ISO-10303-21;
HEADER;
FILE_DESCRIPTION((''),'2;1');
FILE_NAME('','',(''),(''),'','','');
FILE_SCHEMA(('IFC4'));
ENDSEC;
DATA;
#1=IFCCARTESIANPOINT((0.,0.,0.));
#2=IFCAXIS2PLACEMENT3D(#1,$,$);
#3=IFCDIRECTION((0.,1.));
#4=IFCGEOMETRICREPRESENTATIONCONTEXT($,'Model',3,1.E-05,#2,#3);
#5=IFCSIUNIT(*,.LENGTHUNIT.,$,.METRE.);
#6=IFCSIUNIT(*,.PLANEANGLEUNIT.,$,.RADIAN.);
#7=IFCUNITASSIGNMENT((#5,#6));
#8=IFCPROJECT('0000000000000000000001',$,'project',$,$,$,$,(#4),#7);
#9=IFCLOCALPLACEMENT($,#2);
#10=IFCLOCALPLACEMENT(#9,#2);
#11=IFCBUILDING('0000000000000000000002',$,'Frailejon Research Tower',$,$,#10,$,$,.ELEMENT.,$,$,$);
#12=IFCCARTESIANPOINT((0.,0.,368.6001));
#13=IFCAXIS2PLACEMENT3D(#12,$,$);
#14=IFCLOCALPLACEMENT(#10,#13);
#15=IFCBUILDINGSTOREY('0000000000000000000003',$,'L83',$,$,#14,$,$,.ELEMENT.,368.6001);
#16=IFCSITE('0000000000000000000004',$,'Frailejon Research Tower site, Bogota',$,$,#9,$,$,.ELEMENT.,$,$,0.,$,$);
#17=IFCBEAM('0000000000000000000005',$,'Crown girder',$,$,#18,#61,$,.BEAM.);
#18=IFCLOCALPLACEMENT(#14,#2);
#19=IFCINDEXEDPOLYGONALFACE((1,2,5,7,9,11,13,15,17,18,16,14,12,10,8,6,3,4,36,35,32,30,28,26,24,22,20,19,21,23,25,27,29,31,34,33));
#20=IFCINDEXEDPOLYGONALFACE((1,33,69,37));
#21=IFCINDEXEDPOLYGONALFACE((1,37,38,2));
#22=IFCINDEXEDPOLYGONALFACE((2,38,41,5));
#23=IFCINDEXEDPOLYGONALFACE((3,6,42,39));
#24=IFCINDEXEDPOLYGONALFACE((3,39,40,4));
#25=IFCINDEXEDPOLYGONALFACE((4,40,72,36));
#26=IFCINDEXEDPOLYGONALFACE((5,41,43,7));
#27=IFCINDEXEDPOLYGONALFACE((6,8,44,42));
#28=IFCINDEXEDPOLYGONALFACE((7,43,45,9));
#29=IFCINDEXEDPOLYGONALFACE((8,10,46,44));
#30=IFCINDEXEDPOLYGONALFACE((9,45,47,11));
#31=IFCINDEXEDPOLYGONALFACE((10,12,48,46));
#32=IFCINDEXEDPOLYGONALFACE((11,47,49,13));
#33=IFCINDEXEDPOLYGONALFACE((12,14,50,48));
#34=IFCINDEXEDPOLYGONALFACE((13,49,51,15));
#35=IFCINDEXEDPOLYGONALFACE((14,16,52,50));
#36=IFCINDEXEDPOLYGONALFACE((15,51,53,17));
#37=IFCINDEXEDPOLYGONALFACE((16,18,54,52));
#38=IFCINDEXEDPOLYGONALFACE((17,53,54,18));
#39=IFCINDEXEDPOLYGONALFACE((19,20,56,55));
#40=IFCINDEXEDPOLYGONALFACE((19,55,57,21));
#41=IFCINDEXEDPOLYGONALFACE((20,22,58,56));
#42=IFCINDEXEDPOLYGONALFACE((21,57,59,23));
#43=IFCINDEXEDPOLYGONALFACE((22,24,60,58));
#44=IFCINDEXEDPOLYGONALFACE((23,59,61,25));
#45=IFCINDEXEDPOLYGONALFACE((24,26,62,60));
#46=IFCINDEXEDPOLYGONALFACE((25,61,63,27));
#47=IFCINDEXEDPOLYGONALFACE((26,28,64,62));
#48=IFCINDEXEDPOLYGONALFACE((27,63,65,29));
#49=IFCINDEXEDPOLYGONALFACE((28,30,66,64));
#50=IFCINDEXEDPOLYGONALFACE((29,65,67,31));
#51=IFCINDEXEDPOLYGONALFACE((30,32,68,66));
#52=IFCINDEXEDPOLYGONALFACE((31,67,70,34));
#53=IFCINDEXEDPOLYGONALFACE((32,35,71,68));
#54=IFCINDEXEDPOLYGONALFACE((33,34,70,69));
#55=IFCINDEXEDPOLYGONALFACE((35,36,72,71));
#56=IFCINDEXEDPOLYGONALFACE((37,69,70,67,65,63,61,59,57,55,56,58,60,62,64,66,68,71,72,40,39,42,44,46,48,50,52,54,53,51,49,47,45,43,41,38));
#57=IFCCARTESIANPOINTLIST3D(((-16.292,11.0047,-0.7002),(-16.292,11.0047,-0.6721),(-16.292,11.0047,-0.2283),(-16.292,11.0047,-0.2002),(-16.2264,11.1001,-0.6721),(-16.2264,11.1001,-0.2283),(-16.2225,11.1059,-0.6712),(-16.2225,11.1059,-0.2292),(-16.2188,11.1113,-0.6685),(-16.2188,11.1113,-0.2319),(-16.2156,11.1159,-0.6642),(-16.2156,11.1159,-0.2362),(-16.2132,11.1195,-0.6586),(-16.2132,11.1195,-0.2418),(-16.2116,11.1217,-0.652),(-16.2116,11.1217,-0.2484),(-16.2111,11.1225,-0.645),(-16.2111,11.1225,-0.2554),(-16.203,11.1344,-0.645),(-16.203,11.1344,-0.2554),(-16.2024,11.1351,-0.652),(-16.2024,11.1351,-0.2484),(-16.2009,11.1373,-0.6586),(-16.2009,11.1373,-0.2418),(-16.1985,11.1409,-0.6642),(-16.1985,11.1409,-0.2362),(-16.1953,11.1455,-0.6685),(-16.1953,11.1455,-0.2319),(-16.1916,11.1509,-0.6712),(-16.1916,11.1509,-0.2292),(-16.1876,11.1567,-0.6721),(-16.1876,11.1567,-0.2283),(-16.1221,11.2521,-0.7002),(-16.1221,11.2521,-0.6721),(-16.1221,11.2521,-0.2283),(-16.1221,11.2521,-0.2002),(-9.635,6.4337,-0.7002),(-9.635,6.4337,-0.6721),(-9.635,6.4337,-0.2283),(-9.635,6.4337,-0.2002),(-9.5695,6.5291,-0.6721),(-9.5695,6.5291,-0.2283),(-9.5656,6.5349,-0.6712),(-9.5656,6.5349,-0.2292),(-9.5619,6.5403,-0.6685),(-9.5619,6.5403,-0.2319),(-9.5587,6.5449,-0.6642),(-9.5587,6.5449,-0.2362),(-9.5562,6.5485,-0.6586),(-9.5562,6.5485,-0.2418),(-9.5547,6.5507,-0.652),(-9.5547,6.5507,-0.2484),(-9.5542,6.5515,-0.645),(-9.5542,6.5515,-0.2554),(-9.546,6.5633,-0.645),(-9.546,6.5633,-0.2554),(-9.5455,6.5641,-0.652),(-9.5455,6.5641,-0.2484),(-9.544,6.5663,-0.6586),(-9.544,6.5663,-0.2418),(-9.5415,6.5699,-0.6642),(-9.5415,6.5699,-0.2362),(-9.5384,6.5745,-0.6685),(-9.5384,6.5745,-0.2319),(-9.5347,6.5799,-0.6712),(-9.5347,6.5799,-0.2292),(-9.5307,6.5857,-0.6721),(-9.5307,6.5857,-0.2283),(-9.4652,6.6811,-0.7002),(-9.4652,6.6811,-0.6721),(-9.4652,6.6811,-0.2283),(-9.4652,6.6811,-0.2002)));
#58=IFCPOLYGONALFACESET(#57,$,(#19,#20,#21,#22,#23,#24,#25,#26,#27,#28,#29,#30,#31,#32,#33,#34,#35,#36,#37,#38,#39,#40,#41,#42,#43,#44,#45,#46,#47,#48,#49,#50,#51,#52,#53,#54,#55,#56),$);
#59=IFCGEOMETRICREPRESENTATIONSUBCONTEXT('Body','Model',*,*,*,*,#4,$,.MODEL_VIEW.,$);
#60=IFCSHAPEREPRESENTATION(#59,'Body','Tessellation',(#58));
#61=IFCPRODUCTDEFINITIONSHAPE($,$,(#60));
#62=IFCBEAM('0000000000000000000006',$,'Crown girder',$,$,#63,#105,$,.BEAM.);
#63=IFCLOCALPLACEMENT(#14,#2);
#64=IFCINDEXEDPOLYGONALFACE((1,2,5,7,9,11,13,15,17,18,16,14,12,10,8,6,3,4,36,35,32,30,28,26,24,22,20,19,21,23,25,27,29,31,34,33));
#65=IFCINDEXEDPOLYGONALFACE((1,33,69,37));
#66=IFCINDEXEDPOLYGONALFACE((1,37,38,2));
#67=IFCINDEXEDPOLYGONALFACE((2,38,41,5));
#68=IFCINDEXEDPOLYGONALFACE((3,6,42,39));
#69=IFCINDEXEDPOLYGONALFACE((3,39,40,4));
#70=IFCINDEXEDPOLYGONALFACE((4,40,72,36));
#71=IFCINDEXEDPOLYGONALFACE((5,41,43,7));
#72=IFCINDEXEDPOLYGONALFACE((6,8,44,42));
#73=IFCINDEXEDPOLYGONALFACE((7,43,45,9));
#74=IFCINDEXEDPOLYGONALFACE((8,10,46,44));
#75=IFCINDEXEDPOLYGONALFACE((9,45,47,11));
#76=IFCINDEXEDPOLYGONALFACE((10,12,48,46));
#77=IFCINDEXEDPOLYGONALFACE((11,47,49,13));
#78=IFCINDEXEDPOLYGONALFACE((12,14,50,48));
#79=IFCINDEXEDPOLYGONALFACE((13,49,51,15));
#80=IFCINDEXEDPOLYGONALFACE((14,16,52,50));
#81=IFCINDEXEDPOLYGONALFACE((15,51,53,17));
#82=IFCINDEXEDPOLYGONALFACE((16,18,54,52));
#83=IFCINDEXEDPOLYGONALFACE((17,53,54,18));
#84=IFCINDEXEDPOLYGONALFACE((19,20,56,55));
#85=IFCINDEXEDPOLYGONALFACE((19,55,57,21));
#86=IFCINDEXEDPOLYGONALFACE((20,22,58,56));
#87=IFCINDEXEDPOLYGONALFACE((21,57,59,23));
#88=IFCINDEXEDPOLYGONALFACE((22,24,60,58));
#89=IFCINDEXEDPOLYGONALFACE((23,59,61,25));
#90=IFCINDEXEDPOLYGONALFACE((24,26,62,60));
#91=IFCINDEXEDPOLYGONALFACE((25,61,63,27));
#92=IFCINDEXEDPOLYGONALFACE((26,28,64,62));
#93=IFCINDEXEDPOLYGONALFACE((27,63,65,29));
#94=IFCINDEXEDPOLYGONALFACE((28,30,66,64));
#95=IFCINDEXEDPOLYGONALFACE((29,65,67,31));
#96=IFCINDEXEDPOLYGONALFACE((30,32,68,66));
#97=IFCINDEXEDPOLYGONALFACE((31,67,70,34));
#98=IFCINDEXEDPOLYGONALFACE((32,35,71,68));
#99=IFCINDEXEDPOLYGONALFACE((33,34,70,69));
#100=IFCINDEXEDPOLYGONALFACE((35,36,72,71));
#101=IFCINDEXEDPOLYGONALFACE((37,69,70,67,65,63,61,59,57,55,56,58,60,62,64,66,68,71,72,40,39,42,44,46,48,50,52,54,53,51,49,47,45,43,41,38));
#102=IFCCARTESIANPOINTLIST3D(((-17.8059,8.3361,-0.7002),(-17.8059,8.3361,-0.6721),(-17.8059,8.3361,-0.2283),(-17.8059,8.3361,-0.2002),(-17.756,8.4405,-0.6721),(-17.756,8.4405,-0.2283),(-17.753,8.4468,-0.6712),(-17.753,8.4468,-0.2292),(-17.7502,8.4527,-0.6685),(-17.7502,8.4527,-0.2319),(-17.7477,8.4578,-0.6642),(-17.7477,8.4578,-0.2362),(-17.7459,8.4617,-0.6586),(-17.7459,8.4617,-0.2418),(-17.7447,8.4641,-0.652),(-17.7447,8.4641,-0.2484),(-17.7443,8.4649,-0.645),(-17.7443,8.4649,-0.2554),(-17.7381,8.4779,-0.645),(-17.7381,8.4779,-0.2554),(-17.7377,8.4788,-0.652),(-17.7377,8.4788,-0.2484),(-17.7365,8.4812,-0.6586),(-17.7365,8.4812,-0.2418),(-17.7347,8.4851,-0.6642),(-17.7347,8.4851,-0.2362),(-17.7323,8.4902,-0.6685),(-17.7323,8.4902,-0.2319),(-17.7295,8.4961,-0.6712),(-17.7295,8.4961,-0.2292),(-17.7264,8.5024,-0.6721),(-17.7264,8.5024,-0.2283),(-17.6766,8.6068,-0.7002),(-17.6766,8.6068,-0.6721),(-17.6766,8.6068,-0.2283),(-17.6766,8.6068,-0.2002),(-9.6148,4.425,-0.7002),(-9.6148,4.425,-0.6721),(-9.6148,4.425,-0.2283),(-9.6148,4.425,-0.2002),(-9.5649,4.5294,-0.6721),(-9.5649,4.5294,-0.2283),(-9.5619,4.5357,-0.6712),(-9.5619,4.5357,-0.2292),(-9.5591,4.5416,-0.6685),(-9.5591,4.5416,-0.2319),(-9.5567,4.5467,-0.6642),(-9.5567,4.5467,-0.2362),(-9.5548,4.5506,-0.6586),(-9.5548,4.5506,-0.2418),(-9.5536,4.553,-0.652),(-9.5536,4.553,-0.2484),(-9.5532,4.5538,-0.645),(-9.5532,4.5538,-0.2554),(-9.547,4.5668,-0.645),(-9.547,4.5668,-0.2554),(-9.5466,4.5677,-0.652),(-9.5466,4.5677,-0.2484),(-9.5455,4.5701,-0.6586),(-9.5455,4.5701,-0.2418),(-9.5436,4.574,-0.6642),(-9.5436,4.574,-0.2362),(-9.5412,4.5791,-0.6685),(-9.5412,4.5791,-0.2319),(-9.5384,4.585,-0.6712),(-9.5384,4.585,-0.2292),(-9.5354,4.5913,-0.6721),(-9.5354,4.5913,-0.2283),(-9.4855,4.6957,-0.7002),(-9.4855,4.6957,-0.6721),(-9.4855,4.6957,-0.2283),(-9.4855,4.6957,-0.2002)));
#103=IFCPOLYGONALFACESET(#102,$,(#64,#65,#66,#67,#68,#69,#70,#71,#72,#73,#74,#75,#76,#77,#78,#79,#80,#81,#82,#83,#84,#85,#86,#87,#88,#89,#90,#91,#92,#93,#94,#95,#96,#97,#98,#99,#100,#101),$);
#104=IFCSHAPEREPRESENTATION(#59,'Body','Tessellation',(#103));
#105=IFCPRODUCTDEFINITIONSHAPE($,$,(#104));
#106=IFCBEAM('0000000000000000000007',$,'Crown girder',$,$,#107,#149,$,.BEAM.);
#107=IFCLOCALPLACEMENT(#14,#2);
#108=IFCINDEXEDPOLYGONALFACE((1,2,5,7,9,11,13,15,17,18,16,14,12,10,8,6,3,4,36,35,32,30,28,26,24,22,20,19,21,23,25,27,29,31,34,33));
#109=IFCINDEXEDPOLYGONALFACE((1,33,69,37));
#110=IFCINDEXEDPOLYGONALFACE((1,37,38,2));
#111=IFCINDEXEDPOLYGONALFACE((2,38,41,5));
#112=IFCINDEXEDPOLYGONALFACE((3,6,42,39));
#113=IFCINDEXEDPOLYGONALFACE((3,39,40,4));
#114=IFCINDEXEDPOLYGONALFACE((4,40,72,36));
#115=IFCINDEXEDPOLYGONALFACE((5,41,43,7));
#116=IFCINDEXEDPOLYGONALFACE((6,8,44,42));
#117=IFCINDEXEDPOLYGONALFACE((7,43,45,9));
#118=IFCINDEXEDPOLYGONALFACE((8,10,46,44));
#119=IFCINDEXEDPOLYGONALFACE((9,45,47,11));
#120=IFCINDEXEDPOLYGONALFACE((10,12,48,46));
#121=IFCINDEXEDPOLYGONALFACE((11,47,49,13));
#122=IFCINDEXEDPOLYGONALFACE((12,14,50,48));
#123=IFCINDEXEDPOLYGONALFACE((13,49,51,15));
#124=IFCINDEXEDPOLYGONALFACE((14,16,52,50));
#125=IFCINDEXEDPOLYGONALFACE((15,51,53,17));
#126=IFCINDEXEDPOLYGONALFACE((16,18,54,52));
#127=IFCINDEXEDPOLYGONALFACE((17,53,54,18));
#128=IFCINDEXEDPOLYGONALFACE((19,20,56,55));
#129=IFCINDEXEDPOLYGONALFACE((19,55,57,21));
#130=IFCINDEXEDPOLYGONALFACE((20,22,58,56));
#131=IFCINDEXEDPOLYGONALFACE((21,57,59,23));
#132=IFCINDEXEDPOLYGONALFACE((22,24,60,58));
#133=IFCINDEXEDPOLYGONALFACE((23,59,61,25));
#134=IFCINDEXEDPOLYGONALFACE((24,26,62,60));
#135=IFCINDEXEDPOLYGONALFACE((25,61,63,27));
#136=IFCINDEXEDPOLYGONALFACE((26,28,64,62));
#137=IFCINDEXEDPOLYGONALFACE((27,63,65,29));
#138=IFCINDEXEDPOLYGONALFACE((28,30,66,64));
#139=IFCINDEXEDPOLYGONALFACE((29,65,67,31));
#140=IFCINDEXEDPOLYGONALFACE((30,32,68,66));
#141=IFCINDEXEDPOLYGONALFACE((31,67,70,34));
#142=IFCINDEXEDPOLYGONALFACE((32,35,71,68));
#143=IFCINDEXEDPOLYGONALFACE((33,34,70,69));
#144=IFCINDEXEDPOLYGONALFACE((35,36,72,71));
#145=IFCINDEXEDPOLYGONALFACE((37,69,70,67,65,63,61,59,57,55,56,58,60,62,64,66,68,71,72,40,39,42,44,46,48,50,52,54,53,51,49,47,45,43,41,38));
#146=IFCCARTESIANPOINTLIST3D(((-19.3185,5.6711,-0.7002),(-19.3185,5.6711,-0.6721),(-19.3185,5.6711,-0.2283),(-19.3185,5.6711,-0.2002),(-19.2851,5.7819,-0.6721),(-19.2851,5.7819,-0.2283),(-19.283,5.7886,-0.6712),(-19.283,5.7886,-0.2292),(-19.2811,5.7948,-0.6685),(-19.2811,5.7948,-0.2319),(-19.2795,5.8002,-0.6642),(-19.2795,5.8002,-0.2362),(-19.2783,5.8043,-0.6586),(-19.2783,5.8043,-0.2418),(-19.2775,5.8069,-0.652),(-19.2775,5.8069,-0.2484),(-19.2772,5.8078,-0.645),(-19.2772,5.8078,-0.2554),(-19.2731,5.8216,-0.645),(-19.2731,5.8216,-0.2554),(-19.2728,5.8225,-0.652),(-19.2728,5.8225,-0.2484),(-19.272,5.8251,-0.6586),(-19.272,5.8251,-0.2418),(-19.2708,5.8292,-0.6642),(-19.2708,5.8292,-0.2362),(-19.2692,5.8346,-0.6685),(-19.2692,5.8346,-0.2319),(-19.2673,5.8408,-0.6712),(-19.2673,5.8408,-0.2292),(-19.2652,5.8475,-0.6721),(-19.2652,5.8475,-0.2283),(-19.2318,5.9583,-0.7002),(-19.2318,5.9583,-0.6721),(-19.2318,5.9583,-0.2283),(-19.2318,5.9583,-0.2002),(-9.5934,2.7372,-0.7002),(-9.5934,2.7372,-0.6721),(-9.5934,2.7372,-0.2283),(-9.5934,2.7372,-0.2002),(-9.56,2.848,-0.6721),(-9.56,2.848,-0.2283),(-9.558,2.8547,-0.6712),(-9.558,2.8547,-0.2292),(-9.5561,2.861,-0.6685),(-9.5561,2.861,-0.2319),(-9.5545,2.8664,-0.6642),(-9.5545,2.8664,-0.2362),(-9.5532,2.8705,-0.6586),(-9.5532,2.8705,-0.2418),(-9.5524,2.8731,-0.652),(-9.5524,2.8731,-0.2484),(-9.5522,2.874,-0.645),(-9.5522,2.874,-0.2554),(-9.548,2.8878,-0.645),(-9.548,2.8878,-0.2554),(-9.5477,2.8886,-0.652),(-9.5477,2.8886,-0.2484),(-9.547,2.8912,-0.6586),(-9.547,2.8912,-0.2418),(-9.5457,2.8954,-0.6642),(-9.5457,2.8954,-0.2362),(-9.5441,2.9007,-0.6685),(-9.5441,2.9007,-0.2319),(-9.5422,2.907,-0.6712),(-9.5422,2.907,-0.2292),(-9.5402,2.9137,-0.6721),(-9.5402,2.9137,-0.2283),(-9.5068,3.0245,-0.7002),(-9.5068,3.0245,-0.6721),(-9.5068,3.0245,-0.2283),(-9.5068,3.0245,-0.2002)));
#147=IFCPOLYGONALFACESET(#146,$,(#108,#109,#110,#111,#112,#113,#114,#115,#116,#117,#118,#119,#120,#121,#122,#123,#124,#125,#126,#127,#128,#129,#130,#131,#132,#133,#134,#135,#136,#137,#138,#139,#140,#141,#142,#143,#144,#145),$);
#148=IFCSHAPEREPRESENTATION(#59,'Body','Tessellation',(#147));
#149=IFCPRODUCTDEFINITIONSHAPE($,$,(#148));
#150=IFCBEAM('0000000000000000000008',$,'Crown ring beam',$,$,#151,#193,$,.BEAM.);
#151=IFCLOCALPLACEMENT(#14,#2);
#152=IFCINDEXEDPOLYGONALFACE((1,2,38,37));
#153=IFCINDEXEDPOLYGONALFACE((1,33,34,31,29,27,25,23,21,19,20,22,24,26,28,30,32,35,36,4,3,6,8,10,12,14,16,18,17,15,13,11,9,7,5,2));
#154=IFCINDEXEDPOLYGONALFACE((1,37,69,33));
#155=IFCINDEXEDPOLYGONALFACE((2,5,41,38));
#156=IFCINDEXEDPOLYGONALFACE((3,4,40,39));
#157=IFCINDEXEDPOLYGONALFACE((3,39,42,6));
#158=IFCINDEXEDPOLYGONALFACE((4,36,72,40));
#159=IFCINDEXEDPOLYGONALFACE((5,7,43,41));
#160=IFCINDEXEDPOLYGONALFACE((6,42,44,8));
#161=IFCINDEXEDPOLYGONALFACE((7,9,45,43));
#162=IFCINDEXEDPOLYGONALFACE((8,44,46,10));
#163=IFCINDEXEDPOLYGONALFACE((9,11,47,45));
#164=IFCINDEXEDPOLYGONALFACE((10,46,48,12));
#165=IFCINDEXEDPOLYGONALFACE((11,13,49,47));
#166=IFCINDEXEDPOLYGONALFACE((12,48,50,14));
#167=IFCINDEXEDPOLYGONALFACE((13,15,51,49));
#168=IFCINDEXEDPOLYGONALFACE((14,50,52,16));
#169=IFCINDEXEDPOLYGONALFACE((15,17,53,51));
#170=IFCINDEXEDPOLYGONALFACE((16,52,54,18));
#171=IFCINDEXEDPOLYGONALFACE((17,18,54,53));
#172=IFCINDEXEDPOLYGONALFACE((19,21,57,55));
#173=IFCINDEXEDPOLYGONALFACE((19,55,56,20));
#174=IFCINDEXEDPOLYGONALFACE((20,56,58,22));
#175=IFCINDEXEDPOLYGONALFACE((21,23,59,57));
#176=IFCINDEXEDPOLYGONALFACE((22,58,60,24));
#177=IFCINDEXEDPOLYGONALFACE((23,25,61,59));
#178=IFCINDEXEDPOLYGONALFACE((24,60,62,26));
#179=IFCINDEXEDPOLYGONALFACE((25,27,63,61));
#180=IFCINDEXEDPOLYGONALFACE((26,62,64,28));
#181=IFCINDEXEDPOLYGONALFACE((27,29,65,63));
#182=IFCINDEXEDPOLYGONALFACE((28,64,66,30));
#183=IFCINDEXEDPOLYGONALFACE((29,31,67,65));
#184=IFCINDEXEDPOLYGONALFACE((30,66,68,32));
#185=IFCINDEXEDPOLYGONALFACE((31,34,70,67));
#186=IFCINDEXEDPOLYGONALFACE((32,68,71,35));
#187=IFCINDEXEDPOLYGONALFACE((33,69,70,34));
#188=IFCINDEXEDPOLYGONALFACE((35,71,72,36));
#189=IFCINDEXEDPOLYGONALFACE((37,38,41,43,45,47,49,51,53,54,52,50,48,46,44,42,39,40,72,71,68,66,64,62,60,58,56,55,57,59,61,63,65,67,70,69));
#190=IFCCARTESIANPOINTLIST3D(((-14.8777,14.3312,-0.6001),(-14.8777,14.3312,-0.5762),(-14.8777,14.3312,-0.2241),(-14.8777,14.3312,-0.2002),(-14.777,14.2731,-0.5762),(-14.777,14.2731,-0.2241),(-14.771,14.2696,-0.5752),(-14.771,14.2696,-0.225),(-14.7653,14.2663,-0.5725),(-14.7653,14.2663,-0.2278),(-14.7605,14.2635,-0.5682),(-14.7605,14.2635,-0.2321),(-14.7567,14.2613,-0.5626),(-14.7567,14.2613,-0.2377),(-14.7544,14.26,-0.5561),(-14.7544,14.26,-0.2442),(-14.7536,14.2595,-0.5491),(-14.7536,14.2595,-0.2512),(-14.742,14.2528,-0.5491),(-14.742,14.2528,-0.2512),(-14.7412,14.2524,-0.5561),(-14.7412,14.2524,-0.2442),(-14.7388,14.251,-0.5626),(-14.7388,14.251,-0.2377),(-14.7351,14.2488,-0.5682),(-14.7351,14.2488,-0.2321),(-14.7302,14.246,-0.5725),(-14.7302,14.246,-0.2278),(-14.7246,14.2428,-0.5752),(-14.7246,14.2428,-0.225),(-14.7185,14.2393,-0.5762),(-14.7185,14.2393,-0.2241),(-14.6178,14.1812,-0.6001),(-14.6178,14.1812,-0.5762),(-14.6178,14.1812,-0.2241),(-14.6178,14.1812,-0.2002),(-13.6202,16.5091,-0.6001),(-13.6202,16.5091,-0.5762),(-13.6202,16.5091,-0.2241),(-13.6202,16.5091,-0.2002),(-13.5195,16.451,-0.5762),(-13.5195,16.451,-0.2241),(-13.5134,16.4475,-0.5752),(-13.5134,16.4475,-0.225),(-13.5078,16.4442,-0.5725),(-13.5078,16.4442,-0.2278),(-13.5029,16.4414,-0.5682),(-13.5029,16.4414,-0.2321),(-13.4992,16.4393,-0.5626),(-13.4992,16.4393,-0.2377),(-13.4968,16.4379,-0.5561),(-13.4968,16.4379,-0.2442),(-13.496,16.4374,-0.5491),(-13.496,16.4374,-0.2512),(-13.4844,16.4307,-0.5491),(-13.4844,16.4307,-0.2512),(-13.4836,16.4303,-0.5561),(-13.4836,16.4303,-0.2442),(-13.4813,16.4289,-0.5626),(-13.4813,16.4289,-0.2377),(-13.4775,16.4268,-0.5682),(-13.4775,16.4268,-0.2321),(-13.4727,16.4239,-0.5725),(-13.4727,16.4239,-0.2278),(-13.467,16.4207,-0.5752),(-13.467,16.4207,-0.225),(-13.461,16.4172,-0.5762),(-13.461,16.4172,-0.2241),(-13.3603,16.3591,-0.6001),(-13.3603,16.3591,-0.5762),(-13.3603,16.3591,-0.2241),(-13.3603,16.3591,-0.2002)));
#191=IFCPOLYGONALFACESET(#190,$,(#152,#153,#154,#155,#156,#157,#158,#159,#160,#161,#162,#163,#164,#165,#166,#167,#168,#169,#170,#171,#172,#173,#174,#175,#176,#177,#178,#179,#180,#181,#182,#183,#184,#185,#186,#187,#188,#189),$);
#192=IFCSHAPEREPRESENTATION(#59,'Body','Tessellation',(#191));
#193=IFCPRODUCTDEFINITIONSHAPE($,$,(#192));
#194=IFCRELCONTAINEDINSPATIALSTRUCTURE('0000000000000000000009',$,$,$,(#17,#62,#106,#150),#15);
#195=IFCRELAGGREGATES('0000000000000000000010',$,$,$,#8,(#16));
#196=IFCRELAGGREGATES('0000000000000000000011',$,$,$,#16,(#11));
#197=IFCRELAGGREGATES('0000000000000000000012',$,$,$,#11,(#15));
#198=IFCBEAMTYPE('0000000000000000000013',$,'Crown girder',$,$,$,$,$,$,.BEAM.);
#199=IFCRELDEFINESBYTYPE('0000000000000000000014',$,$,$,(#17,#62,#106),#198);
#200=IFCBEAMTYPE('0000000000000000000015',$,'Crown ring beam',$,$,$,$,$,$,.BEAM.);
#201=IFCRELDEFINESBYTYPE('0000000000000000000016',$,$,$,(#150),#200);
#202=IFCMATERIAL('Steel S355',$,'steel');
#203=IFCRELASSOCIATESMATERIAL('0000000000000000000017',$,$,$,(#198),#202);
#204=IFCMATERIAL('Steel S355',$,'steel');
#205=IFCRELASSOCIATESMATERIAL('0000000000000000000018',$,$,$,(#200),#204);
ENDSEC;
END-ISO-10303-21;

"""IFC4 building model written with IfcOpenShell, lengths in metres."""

from ifc_helpers import new_model, si_unit, direction, frame, origin, origin_2d, place, context, subcontext, project, spatial, i_section, extrude, material, material_profile, profile_set, type_object, element, save


model = new_model("IFC4")

# Units and contexts
model_context = context("Model", 3, precision=1e-05, world=origin(), true_north=direction((0.0, 1.0)))
body_context = subcontext(model_context, "Body", "Model", "MODEL_VIEW")
ifc_project = project(units=[si_unit("LENGTHUNIT", "METRE"), si_unit("PLANEANGLEUNIT", "RADIAN")], contexts=[model_context])

# Site, building, storey
site_placement = place(None, origin())
site = spatial("IfcSite", under=ifc_project, at=site_placement, Name="Frailejon Research Tower site, Bogota", CompositionType="ELEMENT", RefElevation=0.0)
building_placement = place(site_placement, origin())
building = spatial("IfcBuilding", under=site, at=building_placement, Name="Frailejon Research Tower", CompositionType="ELEMENT")
storey_placement = place(building_placement, frame((0.0, 0.0, 368.6001)))
storey = spatial("IfcBuildingStorey", under=building, at=storey_placement, Name="L83", CompositionType="ELEMENT", Elevation=368.6001)

# Beams
ifc_material_1 = material(Name="Steel S355", Category="steel")
ifc_material_profile_1 = material_profile(ifc_material_1, i_section(OverallWidth=0.3, OverallDepth=0.5, WebThickness=0.0144, FlangeThickness=0.0281, FilletRadius=0.0271, at=origin_2d()), Name="HE 500 B")
ifc_profile_set_1 = profile_set([ifc_material_profile_1], Name="Steel S355")
beam_type_1 = type_object("IfcBeamType", Name="Crown girder", PredefinedType="BEAM", material=ifc_profile_set_1)
beam_1_placement = place(storey_placement, frame((-16.207, 11.1284, -0.4502), z_axis=(0.824367, -0.566055, 0.0), x_axis=(0.566055, 0.824367, 0.0)))
element("IfcBeam", 1, at=beam_1_placement, inside=storey, type_object=beam_type_1, Name="Crown girder", PredefinedType="BEAM", context=body_context, shape_type="SweptSolid", body=[
    extrude(i_section(OverallWidth=0.3, OverallDepth=0.5, WebThickness=0.0144, FlangeThickness=0.0281, FilletRadius=0.0271, at=origin_2d()), origin(), (0.0, 0.0, 1.0), 8.0752),
])
beam_2_placement = place(storey_placement, frame((-17.7412, 8.4714, -0.4502), z_axis=(0.902408, -0.430883, 0.0), x_axis=(0.430883, 0.902408, 0.0)))
element("IfcBeam", 2, at=beam_2_placement, inside=storey, type_object=beam_type_1, Name="Crown girder", PredefinedType="BEAM", context=body_context, shape_type="SweptSolid", body=[
    extrude(i_section(OverallWidth=0.3, OverallDepth=0.5, WebThickness=0.0144, FlangeThickness=0.0281, FilletRadius=0.0271, at=origin_2d()), origin(), (0.0, 0.0, 1.0), 9.0769),
])
beam_3_placement = place(storey_placement, frame((-19.2751, 5.8147, -0.4502), z_axis=(0.957383, -0.28882, 0.0), x_axis=(0.28882, 0.957383, 0.0)))
element("IfcBeam", 3, at=beam_3_placement, inside=storey, type_object=beam_type_1, Name="Crown girder", PredefinedType="BEAM", context=body_context, shape_type="SweptSolid", body=[
    extrude(i_section(OverallWidth=0.3, OverallDepth=0.5, WebThickness=0.0144, FlangeThickness=0.0281, FilletRadius=0.0271, at=origin_2d()), origin(), (0.0, 0.0, 1.0), 10.158),
])
ifc_material_2 = material(Name="Steel S355", Category="steel")
ifc_material_profile_2 = material_profile(ifc_material_2, i_section(OverallWidth=0.3, OverallDepth=0.3999, WebThickness=0.0134, FlangeThickness=0.0239, FilletRadius=0.0271, at=origin_2d()), Name="HE 400 B")
ifc_profile_set_2 = profile_set([ifc_material_profile_2], Name="Steel S355")
beam_type_2 = type_object("IfcBeamType", Name="Crown ring beam", PredefinedType="BEAM", material=ifc_profile_set_2)
for number, where, z_axis, x_axis, name in (
    (4, (-13.4902, 16.4341, -0.4001), (-0.500033, -0.866006, 0.0), (0.866006, -0.500033, 0.0), "Crown ring beam"),
):
    element("IfcBeam", number, at=place(storey_placement, frame(where, z_axis=z_axis, x_axis=x_axis)), inside=storey, type_object=beam_type_2, Name=name, PredefinedType="BEAM", context=body_context, shape_type="SweptSolid", body=[
        extrude(i_section(OverallWidth=0.3, OverallDepth=0.3999, WebThickness=0.0134, FlangeThickness=0.0239, FilletRadius=0.0271, at=origin_2d()), origin(), (0.0, 0.0, 1.0), 2.5149),
    ])

save(model, "model.ifc")
